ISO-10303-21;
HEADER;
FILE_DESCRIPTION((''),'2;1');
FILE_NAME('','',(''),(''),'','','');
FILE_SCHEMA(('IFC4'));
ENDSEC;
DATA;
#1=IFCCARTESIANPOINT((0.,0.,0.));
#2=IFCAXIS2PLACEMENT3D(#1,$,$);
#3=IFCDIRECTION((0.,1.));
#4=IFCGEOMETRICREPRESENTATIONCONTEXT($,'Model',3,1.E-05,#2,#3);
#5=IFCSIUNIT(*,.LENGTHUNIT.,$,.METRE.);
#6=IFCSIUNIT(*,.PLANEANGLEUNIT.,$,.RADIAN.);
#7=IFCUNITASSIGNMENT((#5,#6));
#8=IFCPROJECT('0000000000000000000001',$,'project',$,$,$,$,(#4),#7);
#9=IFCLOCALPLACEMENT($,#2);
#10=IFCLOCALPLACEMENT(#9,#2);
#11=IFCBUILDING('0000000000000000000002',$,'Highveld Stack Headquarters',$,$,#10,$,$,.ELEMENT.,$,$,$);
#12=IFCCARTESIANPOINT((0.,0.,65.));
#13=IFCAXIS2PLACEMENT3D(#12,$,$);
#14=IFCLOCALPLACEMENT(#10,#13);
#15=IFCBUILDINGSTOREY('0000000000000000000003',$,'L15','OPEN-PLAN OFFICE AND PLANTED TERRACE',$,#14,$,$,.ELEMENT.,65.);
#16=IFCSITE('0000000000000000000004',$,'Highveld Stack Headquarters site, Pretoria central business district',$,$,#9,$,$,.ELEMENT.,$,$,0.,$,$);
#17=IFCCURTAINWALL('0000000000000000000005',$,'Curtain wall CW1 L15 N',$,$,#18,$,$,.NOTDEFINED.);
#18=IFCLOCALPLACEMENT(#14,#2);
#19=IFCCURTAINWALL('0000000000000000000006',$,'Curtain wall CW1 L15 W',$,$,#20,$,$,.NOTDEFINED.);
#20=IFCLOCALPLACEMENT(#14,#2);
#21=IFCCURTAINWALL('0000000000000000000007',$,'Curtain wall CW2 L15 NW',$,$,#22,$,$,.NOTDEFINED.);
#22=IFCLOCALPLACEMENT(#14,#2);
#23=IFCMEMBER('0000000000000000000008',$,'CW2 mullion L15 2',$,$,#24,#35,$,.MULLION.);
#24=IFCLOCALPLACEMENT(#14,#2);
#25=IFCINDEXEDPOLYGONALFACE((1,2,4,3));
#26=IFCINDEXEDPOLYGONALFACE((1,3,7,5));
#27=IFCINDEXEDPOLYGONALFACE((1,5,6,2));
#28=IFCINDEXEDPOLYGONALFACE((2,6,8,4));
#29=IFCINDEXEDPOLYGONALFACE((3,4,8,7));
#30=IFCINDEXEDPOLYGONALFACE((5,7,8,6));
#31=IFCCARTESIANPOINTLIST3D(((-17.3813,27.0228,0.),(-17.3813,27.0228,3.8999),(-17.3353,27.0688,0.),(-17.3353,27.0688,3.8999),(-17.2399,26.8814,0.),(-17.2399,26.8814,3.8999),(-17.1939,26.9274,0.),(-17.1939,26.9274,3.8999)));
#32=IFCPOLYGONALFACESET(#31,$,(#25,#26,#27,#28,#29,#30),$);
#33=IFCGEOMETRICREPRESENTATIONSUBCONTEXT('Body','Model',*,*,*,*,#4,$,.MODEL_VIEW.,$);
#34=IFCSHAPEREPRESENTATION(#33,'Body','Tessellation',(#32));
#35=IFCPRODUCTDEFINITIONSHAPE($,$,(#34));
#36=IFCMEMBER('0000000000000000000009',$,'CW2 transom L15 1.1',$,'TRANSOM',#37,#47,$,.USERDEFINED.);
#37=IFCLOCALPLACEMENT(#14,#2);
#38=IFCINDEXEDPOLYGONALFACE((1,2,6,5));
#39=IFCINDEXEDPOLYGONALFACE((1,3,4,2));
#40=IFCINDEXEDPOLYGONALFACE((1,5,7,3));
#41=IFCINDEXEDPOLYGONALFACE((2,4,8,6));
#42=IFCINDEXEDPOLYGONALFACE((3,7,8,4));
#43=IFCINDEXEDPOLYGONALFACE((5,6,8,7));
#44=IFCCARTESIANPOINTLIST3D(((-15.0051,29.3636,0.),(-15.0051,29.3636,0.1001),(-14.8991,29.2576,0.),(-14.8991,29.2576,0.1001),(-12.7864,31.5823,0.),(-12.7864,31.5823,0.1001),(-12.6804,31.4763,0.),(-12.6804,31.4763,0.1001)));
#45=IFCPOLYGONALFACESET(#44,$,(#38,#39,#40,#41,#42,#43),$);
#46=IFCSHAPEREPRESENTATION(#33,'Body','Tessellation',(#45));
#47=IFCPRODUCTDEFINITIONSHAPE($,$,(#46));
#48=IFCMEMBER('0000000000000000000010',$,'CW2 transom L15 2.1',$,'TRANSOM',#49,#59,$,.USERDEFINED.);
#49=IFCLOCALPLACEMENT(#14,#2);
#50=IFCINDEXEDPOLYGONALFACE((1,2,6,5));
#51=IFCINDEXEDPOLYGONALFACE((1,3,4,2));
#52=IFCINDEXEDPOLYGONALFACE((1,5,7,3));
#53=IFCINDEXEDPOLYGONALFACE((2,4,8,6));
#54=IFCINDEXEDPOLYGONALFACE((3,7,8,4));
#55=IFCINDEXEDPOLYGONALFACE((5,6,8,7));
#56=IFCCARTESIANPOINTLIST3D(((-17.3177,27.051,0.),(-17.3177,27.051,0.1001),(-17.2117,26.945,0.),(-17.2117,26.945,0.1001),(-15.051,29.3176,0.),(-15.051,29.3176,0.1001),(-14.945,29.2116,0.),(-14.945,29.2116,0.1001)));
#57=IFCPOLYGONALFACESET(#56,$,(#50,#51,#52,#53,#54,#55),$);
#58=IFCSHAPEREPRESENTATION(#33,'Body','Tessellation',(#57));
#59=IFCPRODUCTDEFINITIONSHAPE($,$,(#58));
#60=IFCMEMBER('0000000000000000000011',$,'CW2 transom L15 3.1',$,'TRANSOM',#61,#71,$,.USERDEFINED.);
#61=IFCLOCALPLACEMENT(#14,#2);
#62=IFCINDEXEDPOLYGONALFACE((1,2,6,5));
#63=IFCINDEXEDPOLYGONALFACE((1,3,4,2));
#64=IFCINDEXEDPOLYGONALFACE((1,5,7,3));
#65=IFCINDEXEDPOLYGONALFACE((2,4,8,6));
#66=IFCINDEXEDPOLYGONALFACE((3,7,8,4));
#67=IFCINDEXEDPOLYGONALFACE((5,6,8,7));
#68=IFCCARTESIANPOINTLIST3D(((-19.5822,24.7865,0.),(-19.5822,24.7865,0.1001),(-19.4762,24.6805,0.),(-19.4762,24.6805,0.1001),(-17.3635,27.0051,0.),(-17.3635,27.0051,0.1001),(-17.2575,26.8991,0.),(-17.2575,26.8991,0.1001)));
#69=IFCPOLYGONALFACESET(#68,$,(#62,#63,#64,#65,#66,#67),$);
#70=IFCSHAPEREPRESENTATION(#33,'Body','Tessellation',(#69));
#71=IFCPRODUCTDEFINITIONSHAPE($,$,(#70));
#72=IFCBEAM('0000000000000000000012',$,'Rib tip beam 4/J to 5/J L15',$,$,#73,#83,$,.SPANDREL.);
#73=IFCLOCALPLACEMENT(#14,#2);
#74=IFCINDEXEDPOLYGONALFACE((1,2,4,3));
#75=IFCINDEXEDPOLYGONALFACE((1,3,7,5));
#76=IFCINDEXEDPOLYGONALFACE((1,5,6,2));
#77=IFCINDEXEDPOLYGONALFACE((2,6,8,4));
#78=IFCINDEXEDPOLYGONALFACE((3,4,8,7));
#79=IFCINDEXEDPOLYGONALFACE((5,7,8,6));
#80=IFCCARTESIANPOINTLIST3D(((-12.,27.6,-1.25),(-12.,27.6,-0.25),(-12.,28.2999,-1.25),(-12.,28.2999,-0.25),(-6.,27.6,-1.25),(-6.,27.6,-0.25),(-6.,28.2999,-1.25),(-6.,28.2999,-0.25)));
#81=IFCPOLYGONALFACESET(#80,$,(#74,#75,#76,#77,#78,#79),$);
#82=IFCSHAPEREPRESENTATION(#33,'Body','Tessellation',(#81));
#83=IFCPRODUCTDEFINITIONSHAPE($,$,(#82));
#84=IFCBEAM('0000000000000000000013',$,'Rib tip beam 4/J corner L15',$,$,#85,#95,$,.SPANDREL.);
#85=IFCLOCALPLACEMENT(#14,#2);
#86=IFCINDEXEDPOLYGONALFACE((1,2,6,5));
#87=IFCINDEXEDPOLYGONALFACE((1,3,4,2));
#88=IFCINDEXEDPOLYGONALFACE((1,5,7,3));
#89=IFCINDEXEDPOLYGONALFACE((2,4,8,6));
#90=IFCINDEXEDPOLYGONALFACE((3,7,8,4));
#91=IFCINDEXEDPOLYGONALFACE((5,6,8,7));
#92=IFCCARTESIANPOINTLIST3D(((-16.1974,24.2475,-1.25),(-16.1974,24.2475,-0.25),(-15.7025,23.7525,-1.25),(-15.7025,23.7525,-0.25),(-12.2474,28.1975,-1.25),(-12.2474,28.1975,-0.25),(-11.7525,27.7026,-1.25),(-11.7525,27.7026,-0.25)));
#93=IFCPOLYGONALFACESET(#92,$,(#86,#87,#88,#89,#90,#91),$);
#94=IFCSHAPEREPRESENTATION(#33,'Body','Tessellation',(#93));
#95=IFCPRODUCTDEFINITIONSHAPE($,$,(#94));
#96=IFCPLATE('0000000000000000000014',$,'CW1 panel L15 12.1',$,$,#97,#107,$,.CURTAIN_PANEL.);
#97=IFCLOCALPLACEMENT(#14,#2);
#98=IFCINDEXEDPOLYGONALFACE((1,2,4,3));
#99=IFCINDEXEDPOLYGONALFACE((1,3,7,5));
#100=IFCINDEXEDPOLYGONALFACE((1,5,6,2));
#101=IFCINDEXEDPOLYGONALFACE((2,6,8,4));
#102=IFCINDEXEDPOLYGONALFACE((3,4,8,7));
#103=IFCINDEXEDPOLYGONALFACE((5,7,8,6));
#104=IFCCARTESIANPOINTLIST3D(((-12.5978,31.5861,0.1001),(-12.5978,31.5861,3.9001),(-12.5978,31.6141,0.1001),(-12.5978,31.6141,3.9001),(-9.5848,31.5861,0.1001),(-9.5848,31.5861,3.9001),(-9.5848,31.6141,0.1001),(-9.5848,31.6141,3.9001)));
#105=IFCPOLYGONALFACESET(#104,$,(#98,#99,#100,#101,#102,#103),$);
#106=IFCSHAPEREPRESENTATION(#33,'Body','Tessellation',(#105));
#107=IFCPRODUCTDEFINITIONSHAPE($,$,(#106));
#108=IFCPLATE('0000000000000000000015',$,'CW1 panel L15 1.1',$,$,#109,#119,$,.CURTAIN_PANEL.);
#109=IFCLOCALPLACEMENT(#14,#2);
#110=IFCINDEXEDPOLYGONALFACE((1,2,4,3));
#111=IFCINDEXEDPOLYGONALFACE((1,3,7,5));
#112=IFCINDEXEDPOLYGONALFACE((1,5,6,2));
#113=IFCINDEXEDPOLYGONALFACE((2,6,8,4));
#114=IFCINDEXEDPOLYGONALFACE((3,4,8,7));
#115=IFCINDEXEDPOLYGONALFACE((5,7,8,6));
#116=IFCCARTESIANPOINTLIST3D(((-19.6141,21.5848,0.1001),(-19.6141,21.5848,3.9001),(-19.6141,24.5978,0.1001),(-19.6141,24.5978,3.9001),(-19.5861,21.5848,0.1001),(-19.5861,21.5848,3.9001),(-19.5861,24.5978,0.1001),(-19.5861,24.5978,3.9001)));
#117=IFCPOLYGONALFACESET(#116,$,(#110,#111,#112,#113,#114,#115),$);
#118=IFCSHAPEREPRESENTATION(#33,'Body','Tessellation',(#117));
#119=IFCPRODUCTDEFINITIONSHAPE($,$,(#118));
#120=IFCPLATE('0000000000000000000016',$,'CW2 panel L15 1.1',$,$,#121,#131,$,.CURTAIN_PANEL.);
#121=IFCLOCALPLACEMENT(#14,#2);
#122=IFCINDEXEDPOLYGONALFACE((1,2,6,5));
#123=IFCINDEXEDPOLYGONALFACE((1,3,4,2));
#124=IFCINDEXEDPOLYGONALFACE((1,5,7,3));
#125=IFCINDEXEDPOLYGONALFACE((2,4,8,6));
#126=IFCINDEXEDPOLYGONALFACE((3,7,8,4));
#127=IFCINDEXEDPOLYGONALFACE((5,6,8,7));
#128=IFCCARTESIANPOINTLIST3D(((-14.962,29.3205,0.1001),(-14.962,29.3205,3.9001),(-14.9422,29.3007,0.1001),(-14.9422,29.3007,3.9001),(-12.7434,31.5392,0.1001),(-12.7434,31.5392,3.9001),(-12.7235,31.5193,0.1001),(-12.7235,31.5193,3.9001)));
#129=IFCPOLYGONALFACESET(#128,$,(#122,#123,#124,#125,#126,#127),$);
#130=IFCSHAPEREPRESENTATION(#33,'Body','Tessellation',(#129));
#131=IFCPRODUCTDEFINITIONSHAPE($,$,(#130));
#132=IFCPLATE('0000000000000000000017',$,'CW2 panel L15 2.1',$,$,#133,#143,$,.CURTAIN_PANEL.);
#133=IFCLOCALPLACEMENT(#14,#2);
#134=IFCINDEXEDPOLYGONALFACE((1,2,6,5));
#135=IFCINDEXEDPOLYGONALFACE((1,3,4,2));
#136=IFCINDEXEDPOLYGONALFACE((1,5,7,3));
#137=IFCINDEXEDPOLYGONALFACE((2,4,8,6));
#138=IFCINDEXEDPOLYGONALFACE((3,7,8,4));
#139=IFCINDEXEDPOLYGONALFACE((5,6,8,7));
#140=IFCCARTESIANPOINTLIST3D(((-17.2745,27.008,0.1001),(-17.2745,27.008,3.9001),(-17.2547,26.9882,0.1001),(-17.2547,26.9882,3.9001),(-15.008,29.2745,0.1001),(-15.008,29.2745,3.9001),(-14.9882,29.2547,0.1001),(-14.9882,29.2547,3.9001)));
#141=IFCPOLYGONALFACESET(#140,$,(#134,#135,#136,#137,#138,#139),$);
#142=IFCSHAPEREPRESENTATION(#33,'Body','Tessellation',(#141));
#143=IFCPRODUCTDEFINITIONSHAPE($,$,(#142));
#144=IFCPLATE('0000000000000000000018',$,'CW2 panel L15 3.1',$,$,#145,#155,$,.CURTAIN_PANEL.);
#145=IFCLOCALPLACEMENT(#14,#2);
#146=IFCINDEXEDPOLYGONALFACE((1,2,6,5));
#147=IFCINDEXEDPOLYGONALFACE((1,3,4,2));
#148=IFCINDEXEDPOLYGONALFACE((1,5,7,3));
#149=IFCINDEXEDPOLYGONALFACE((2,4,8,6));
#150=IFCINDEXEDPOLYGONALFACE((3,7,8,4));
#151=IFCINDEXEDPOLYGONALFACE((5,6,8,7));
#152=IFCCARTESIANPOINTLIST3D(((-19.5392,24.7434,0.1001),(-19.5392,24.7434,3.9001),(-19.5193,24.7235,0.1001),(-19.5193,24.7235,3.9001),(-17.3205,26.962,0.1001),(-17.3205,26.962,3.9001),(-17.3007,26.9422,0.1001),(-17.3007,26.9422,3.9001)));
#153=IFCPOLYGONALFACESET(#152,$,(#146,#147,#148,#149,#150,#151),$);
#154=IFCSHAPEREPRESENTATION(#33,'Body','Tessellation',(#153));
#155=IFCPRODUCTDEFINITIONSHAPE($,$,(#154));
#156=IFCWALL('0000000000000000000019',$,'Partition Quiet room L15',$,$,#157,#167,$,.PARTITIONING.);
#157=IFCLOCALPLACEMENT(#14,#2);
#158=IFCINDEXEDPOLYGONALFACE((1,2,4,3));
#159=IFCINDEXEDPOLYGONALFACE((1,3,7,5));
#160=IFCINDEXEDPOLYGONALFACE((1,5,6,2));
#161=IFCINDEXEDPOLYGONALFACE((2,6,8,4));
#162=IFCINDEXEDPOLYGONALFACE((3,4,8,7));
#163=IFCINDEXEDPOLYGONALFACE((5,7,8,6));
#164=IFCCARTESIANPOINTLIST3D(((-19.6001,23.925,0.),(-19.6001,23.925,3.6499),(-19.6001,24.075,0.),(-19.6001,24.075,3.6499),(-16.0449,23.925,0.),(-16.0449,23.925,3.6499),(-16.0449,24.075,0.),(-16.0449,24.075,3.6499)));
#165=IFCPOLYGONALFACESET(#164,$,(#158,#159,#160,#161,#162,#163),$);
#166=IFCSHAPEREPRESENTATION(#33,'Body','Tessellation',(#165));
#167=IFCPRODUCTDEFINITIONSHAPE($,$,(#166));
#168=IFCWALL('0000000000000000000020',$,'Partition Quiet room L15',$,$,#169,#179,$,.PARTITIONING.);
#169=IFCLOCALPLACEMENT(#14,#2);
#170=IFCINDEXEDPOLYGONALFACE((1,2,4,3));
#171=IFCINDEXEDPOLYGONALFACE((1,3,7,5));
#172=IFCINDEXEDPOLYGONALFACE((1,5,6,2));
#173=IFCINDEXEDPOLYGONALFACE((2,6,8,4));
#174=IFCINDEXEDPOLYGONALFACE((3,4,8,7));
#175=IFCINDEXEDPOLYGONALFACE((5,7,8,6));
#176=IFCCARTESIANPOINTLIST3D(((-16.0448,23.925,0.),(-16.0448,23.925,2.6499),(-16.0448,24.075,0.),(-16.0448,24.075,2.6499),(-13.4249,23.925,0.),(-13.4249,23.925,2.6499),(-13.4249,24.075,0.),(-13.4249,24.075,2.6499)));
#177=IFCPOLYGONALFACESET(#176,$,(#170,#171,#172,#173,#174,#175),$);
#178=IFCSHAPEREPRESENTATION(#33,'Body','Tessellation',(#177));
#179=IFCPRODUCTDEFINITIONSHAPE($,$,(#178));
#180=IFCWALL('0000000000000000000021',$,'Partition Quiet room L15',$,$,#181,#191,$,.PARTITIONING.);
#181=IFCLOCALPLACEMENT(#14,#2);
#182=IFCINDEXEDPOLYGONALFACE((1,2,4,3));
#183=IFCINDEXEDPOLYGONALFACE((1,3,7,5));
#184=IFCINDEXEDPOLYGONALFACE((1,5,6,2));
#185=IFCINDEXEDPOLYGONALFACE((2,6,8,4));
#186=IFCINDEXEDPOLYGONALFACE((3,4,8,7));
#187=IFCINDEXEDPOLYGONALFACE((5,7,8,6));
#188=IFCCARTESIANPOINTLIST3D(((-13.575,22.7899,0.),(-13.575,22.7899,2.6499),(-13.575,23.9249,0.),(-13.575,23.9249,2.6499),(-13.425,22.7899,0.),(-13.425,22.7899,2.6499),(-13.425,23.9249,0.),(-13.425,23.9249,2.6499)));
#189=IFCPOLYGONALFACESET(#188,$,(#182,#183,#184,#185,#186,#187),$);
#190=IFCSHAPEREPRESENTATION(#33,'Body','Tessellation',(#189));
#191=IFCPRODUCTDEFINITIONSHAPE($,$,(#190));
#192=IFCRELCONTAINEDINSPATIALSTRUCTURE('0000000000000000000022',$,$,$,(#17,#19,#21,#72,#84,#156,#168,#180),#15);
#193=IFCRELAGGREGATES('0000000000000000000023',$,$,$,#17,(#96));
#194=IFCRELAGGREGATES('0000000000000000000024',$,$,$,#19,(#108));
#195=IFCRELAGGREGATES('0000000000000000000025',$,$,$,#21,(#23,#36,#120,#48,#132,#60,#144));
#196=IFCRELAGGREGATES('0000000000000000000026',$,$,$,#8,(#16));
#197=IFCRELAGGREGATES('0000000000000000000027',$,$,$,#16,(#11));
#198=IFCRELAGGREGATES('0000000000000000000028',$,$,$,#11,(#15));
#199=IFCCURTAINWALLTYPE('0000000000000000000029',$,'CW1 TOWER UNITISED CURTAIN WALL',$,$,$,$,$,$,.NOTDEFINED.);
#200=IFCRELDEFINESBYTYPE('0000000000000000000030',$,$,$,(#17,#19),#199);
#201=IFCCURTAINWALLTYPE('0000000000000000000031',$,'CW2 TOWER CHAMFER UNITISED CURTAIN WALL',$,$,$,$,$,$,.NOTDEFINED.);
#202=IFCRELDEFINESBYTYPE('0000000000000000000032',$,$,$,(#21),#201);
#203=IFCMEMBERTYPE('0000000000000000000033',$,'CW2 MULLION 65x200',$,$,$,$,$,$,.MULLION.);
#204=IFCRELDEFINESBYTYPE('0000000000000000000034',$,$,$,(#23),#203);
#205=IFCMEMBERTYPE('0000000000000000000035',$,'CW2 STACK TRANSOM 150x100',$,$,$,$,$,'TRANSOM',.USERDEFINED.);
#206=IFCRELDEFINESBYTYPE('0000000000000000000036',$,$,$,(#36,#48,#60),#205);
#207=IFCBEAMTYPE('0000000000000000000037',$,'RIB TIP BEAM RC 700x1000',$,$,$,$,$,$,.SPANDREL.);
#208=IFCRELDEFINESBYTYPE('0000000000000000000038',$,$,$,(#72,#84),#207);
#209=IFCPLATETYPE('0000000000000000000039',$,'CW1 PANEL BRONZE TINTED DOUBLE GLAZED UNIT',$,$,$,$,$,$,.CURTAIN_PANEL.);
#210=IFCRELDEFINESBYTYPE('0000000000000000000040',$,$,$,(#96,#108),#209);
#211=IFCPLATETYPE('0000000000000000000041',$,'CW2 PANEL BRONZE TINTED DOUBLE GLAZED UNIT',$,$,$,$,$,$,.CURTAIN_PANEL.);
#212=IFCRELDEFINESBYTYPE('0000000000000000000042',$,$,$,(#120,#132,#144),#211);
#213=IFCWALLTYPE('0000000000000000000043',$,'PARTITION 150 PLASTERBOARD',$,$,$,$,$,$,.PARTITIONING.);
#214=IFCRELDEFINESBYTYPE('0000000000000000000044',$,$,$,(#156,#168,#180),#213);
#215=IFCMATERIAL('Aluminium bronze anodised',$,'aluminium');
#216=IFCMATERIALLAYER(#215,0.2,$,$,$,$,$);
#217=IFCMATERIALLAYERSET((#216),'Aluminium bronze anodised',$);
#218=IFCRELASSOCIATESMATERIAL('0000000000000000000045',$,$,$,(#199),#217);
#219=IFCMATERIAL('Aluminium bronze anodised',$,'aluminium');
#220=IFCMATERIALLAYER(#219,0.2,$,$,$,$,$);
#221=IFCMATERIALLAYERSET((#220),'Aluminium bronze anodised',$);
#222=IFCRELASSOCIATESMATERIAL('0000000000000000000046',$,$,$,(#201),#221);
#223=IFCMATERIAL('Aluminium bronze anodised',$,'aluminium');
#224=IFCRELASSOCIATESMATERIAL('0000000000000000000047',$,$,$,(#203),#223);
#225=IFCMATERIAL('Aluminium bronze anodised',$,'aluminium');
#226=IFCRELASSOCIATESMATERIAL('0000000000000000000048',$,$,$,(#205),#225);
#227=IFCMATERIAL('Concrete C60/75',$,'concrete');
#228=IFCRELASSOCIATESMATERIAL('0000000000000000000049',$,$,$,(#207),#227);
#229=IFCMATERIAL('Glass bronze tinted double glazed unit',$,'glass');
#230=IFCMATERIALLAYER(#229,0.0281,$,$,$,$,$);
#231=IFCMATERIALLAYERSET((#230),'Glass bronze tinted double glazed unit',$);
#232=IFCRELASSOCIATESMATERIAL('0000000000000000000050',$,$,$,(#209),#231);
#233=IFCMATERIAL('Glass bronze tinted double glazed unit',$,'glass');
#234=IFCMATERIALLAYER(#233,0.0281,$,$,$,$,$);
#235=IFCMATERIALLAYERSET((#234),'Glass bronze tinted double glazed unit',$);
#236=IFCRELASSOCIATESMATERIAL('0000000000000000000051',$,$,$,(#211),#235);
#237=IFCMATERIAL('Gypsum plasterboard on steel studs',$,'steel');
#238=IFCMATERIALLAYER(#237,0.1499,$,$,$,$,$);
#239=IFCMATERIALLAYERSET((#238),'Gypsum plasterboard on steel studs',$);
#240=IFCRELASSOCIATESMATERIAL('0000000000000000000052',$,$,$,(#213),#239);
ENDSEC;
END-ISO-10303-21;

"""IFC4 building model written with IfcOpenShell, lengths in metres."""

from ifc_helpers import new_model, si_unit, direction, frame, frame_2d, origin, origin_2d, place, context, subcontext, project, spatial, rectangle, extrude, material, layer, layer_set, material_profile, profile_set, type_object, element, aggregate, save


model = new_model("IFC4")

# Units and contexts
model_context = context("Model", 3, precision=1e-05, world=origin(), true_north=direction((0.0, 1.0)))
body_context = subcontext(model_context, "Body", "Model", "MODEL_VIEW")
ifc_project = project(units=[si_unit("LENGTHUNIT", "METRE"), si_unit("PLANEANGLEUNIT", "RADIAN")], contexts=[model_context])

# Site, building, storey
site_placement = place(None, origin())
site = spatial("IfcSite", under=ifc_project, at=site_placement, Name="Highveld Stack Headquarters site, Pretoria central business district", CompositionType="ELEMENT", RefElevation=0.0)
building_placement = place(site_placement, origin())
building = spatial("IfcBuilding", under=site, at=building_placement, Name="Highveld Stack Headquarters", CompositionType="ELEMENT")
storey_placement = place(building_placement, frame((0.0, 0.0, 65.0)))
storey = spatial("IfcBuildingStorey", under=building, at=storey_placement, Name="L15", Description="OPEN-PLAN OFFICE AND PLANTED TERRACE", CompositionType="ELEMENT", Elevation=65.0)

# Curtain walls
ifc_material_1 = material(Name="Aluminium bronze anodised", Category="aluminium")
ifc_layer_1 = layer(ifc_material_1, 0.2)
ifc_layer_set_1 = layer_set([ifc_layer_1], Name="Aluminium bronze anodised")
curtain_wall_type_1 = type_object("IfcCurtainWallType", Name="CW1 TOWER UNITISED CURTAIN WALL", PredefinedType="NOTDEFINED", material=ifc_layer_set_1)
curtain_wall_1_placement = place(storey_placement, origin())
curtain_wall_1 = element("IfcCurtainWall", 1, at=curtain_wall_1_placement, inside=storey, type_object=curtain_wall_type_1, Name="Curtain wall CW1 L15 N", PredefinedType="NOTDEFINED")
curtain_wall_2_placement = place(storey_placement, origin())
curtain_wall_2 = element("IfcCurtainWall", 2, at=curtain_wall_2_placement, inside=storey, type_object=curtain_wall_type_1, Name="Curtain wall CW1 L15 W", PredefinedType="NOTDEFINED")

# Curtain wall, members
ifc_material_2 = material(Name="Aluminium bronze anodised", Category="aluminium")
ifc_layer_2 = layer(ifc_material_2, 0.2)
ifc_layer_set_2 = layer_set([ifc_layer_2], Name="Aluminium bronze anodised")
curtain_wall_type_2 = type_object("IfcCurtainWallType", Name="CW2 TOWER CHAMFER UNITISED CURTAIN WALL", PredefinedType="NOTDEFINED", material=ifc_layer_set_2)
curtain_wall_3_placement = place(storey_placement, origin())
curtain_wall_3 = element("IfcCurtainWall", 3, at=curtain_wall_3_placement, inside=storey, type_object=curtain_wall_type_2, Name="Curtain wall CW2 L15 NW", PredefinedType="NOTDEFINED")
ifc_material_3 = material(Name="Aluminium bronze anodised", Category="aluminium")
ifc_material_profile_1 = material_profile(ifc_material_3, rectangle(XDim=0.2, YDim=0.0649, at=origin_2d()), Name="CW2 MULLION 65x200")
ifc_profile_set_1 = profile_set([ifc_material_profile_1], Name="Aluminium bronze anodised")
member_type_1 = type_object("IfcMemberType", Name="CW2 MULLION 65x200", PredefinedType="MULLION", material=ifc_profile_set_1)
member_1_placement = place(storey_placement, frame((-17.2876, 26.9751, 0.0), z_axis=(0.0, 0.0, 1.0), x_axis=(0.707107, -0.707107, 0.0)))
member_1 = element("IfcMember", 4, at=member_1_placement, type_object=member_type_1, Name="CW2 mullion L15 2", PredefinedType="MULLION", context=body_context, shape_type="SweptSolid", body=[
    extrude(rectangle(XDim=0.2, YDim=0.0649, at=origin_2d()), origin(), (0.0, 0.0, 1.0), 3.8999),
])
ifc_material_4 = material(Name="Aluminium bronze anodised", Category="aluminium")
ifc_material_profile_2 = material_profile(ifc_material_4, rectangle(XDim=0.1499, YDim=0.1001, at=origin_2d()), Name="CW2 TRANSOM 150x100")
ifc_profile_set_2 = profile_set([ifc_material_profile_2], Name="Aluminium bronze anodised")
member_type_2 = type_object("IfcMemberType", Name="CW2 STACK TRANSOM 150x100", ElementType="TRANSOM", PredefinedType="USERDEFINED", material=ifc_profile_set_2)
member_2_placement = place(storey_placement, frame((-12.7334, 31.5293, 0.05), z_axis=(-0.707107, -0.707107, 0.0), x_axis=(0.707107, -0.707107, 0.0)))
member_2 = element("IfcMember", 5, at=member_2_placement, type_object=member_type_2, Name="CW2 transom L15 1.1", ObjectType="TRANSOM", PredefinedType="USERDEFINED", context=body_context, shape_type="SweptSolid", body=[
    extrude(rectangle(XDim=0.1499, YDim=0.1001, at=origin_2d()), origin(), (0.0, 0.0, 1.0), 3.1377),
])
member_3_placement = place(storey_placement, frame((-14.998, 29.2646, 0.05), z_axis=(-0.707107, -0.707107, 0.0), x_axis=(0.707107, -0.707107, 0.0)))
member_3 = element("IfcMember", 6, at=member_3_placement, type_object=member_type_2, Name="CW2 transom L15 2.1", ObjectType="TRANSOM", PredefinedType="USERDEFINED", context=body_context, shape_type="SweptSolid", body=[
    extrude(rectangle(XDim=0.1499, YDim=0.1001, at=origin_2d()), origin(), (0.0, 0.0, 1.0), 3.2056),
])
member_4_placement = place(storey_placement, frame((-17.3105, 26.9521, 0.05), z_axis=(-0.707107, -0.707107, 0.0), x_axis=(0.707107, -0.707107, 0.0)))
member_4 = element("IfcMember", 7, at=member_4_placement, type_object=member_type_2, Name="CW2 transom L15 3.1", ObjectType="TRANSOM", PredefinedType="USERDEFINED", context=body_context, shape_type="SweptSolid", body=[
    extrude(rectangle(XDim=0.1499, YDim=0.1001, at=origin_2d()), origin(), (0.0, 0.0, 1.0), 3.1377),
])

# Beams
ifc_material_5 = material(Name="Concrete C60/75", Category="concrete")
ifc_material_profile_3 = material_profile(ifc_material_5, rectangle(XDim=0.7, YDim=1.0, at=origin_2d()), Name="RC 700x1000")
ifc_profile_set_3 = profile_set([ifc_material_profile_3], Name="Concrete C60/75")
beam_type_1 = type_object("IfcBeamType", Name="RIB TIP BEAM RC 700x1000", PredefinedType="SPANDREL", material=ifc_profile_set_3)
beam_1_placement = place(storey_placement, frame((-12.0, 27.95, -0.75), z_axis=(1.0, 0.0, 0.0), x_axis=(0.0, 1.0, 0.0)))
element("IfcBeam", 8, at=beam_1_placement, inside=storey, type_object=beam_type_1, Name="Rib tip beam 4/J to 5/J L15", PredefinedType="SPANDREL", context=body_context, shape_type="SweptSolid", body=[
    extrude(rectangle(XDim=0.7, YDim=1.0, at=origin_2d()), origin(), (0.0, 0.0, 1.0), 6.0),
])
beam_2_placement = place(storey_placement, frame((-15.95, 24.0, -0.75), z_axis=(0.707107, 0.707107, 0.0), x_axis=(-0.707107, 0.707107, 0.0)))
element("IfcBeam", 9, at=beam_2_placement, inside=storey, type_object=beam_type_1, Name="Rib tip beam 4/J corner L15", PredefinedType="SPANDREL", context=body_context, shape_type="SweptSolid", body=[
    extrude(rectangle(XDim=0.7, YDim=1.0, at=origin_2d()), origin(), (0.0, 0.0, 1.0), 5.5862),
])

# Plates
ifc_material_6 = material(Name="Glass bronze tinted double glazed unit", Category="glass")
ifc_layer_3 = layer(ifc_material_6, 0.0281)
ifc_layer_set_3 = layer_set([ifc_layer_3], Name="Glass bronze tinted double glazed unit")
plate_type_1 = type_object("IfcPlateType", Name="CW1 PANEL BRONZE TINTED DOUBLE GLAZED UNIT", PredefinedType="CURTAIN_PANEL", material=ifc_layer_set_3)
plate_1_placement = place(storey_placement, frame((-11.0913, 31.6001, 0.1001), z_axis=(0.0, 0.0, 1.0), x_axis=(-1.0, 0.0, 0.0)))
plate_1 = element("IfcPlate", 10, at=plate_1_placement, type_object=plate_type_1, Name="CW1 panel L15 12.1", PredefinedType="CURTAIN_PANEL", context=body_context, shape_type="SweptSolid", body=[
    extrude(rectangle(XDim=3.0129, YDim=0.0281, at=origin_2d()), origin(), (0.0, 0.0, 1.0), 3.8),
])
aggregate(curtain_wall_1, [plate_1])
plate_2_placement = place(storey_placement, frame((-19.6001, 23.0913, 0.1001), z_axis=(0.0, 0.0, 1.0), x_axis=(0.0, -1.0, 0.0)))
plate_2 = element("IfcPlate", 11, at=plate_2_placement, type_object=plate_type_1, Name="CW1 panel L15 1.1", PredefinedType="CURTAIN_PANEL", context=body_context, shape_type="SweptSolid", body=[
    extrude(rectangle(XDim=3.0129, YDim=0.0281, at=origin_2d()), origin(), (0.0, 0.0, 1.0), 3.8),
])
aggregate(curtain_wall_2, [plate_2])
ifc_material_7 = material(Name="Glass bronze tinted double glazed unit", Category="glass")
ifc_layer_4 = layer(ifc_material_7, 0.0281)
ifc_layer_set_4 = layer_set([ifc_layer_4], Name="Glass bronze tinted double glazed unit")
plate_type_2 = type_object("IfcPlateType", Name="CW2 PANEL BRONZE TINTED DOUBLE GLAZED UNIT", PredefinedType="CURTAIN_PANEL", material=ifc_layer_set_4)
plate_3_placement = place(storey_placement, frame((-13.8428, 30.4199, 0.1001), z_axis=(0.0, 0.0, 1.0), x_axis=(-0.707107, -0.707107, 0.0)))
plate_3 = element("IfcPlate", 12, at=plate_3_placement, type_object=plate_type_2, Name="CW2 panel L15 1.1", PredefinedType="CURTAIN_PANEL", context=body_context, shape_type="SweptSolid", body=[
    extrude(rectangle(XDim=3.1377, YDim=0.0281, at=origin_2d()), origin(), (0.0, 0.0, 1.0), 3.8),
])
plate_4_placement = place(storey_placement, frame((-16.1313, 28.1313, 0.1001), z_axis=(0.0, 0.0, 1.0), x_axis=(-0.707107, -0.707107, 0.0)))
plate_4 = element("IfcPlate", 13, at=plate_4_placement, type_object=plate_type_2, Name="CW2 panel L15 2.1", PredefinedType="CURTAIN_PANEL", context=body_context, shape_type="SweptSolid", body=[
    extrude(rectangle(XDim=3.2053, YDim=0.0281, at=origin_2d()), origin(), (0.0, 0.0, 1.0), 3.8),
])
plate_5_placement = place(storey_placement, frame((-18.4199, 25.8428, 0.1001), z_axis=(0.0, 0.0, 1.0), x_axis=(-0.707107, -0.707107, 0.0)))
plate_5 = element("IfcPlate", 14, at=plate_5_placement, type_object=plate_type_2, Name="CW2 panel L15 3.1", PredefinedType="CURTAIN_PANEL", context=body_context, shape_type="SweptSolid", body=[
    extrude(rectangle(XDim=3.1377, YDim=0.0281, at=origin_2d()), origin(), (0.0, 0.0, 1.0), 3.8),
])
aggregate(curtain_wall_3, [member_1, member_2, plate_3, member_3, plate_4, member_4, plate_5])

# Walls
ifc_material_8 = material(Name="Gypsum plasterboard on steel studs", Category="steel")
ifc_layer_5 = layer(ifc_material_8, 0.1499)
ifc_layer_set_5 = layer_set([ifc_layer_5], Name="Gypsum plasterboard on steel studs")
wall_type = type_object("IfcWallType", Name="PARTITION 150 PLASTERBOARD", PredefinedType="PARTITIONING", material=ifc_layer_set_5)
wall_1_placement = place(storey_placement, frame((-19.6001, 24.0, 0.0), z_axis=(0.0, 0.0, 1.0), x_axis=(1.0, 0.0, 0.0)))
element("IfcWall", 15, at=wall_1_placement, inside=storey, type_object=wall_type, Name="Partition Quiet room L15", PredefinedType="PARTITIONING", context=body_context, shape_type="SweptSolid", body=[
    extrude(rectangle(XDim=3.5552, YDim=0.1499, at=frame_2d((1.7776, 0.0))), origin(), (0.0, 0.0, 1.0), 3.6499),
])
wall_2_placement = place(storey_placement, frame((-16.0449, 24.0, 0.0), z_axis=(0.0, 0.0, 1.0), x_axis=(1.0, 0.0, 0.0)))
element("IfcWall", 16, at=wall_2_placement, inside=storey, type_object=wall_type, Name="Partition Quiet room L15", PredefinedType="PARTITIONING", context=body_context, shape_type="SweptSolid", body=[
    extrude(rectangle(XDim=2.6199, YDim=0.1499, at=frame_2d((1.3101, 0.0))), origin(), (0.0, 0.0, 1.0), 2.6499),
])
wall_3_placement = place(storey_placement, frame((-13.5, 22.79, 0.0), z_axis=(0.0, 0.0, 1.0), x_axis=(0.0, 1.0, 0.0)))
element("IfcWall", 17, at=wall_3_placement, inside=storey, type_object=wall_type, Name="Partition Quiet room L15", PredefinedType="PARTITIONING", context=body_context, shape_type="SweptSolid", body=[
    extrude(rectangle(XDim=1.135, YDim=0.1499, at=frame_2d((0.5674, 0.0))), origin(), (0.0, 0.0, 1.0), 2.6499),
])

save(model, "model.ifc")
